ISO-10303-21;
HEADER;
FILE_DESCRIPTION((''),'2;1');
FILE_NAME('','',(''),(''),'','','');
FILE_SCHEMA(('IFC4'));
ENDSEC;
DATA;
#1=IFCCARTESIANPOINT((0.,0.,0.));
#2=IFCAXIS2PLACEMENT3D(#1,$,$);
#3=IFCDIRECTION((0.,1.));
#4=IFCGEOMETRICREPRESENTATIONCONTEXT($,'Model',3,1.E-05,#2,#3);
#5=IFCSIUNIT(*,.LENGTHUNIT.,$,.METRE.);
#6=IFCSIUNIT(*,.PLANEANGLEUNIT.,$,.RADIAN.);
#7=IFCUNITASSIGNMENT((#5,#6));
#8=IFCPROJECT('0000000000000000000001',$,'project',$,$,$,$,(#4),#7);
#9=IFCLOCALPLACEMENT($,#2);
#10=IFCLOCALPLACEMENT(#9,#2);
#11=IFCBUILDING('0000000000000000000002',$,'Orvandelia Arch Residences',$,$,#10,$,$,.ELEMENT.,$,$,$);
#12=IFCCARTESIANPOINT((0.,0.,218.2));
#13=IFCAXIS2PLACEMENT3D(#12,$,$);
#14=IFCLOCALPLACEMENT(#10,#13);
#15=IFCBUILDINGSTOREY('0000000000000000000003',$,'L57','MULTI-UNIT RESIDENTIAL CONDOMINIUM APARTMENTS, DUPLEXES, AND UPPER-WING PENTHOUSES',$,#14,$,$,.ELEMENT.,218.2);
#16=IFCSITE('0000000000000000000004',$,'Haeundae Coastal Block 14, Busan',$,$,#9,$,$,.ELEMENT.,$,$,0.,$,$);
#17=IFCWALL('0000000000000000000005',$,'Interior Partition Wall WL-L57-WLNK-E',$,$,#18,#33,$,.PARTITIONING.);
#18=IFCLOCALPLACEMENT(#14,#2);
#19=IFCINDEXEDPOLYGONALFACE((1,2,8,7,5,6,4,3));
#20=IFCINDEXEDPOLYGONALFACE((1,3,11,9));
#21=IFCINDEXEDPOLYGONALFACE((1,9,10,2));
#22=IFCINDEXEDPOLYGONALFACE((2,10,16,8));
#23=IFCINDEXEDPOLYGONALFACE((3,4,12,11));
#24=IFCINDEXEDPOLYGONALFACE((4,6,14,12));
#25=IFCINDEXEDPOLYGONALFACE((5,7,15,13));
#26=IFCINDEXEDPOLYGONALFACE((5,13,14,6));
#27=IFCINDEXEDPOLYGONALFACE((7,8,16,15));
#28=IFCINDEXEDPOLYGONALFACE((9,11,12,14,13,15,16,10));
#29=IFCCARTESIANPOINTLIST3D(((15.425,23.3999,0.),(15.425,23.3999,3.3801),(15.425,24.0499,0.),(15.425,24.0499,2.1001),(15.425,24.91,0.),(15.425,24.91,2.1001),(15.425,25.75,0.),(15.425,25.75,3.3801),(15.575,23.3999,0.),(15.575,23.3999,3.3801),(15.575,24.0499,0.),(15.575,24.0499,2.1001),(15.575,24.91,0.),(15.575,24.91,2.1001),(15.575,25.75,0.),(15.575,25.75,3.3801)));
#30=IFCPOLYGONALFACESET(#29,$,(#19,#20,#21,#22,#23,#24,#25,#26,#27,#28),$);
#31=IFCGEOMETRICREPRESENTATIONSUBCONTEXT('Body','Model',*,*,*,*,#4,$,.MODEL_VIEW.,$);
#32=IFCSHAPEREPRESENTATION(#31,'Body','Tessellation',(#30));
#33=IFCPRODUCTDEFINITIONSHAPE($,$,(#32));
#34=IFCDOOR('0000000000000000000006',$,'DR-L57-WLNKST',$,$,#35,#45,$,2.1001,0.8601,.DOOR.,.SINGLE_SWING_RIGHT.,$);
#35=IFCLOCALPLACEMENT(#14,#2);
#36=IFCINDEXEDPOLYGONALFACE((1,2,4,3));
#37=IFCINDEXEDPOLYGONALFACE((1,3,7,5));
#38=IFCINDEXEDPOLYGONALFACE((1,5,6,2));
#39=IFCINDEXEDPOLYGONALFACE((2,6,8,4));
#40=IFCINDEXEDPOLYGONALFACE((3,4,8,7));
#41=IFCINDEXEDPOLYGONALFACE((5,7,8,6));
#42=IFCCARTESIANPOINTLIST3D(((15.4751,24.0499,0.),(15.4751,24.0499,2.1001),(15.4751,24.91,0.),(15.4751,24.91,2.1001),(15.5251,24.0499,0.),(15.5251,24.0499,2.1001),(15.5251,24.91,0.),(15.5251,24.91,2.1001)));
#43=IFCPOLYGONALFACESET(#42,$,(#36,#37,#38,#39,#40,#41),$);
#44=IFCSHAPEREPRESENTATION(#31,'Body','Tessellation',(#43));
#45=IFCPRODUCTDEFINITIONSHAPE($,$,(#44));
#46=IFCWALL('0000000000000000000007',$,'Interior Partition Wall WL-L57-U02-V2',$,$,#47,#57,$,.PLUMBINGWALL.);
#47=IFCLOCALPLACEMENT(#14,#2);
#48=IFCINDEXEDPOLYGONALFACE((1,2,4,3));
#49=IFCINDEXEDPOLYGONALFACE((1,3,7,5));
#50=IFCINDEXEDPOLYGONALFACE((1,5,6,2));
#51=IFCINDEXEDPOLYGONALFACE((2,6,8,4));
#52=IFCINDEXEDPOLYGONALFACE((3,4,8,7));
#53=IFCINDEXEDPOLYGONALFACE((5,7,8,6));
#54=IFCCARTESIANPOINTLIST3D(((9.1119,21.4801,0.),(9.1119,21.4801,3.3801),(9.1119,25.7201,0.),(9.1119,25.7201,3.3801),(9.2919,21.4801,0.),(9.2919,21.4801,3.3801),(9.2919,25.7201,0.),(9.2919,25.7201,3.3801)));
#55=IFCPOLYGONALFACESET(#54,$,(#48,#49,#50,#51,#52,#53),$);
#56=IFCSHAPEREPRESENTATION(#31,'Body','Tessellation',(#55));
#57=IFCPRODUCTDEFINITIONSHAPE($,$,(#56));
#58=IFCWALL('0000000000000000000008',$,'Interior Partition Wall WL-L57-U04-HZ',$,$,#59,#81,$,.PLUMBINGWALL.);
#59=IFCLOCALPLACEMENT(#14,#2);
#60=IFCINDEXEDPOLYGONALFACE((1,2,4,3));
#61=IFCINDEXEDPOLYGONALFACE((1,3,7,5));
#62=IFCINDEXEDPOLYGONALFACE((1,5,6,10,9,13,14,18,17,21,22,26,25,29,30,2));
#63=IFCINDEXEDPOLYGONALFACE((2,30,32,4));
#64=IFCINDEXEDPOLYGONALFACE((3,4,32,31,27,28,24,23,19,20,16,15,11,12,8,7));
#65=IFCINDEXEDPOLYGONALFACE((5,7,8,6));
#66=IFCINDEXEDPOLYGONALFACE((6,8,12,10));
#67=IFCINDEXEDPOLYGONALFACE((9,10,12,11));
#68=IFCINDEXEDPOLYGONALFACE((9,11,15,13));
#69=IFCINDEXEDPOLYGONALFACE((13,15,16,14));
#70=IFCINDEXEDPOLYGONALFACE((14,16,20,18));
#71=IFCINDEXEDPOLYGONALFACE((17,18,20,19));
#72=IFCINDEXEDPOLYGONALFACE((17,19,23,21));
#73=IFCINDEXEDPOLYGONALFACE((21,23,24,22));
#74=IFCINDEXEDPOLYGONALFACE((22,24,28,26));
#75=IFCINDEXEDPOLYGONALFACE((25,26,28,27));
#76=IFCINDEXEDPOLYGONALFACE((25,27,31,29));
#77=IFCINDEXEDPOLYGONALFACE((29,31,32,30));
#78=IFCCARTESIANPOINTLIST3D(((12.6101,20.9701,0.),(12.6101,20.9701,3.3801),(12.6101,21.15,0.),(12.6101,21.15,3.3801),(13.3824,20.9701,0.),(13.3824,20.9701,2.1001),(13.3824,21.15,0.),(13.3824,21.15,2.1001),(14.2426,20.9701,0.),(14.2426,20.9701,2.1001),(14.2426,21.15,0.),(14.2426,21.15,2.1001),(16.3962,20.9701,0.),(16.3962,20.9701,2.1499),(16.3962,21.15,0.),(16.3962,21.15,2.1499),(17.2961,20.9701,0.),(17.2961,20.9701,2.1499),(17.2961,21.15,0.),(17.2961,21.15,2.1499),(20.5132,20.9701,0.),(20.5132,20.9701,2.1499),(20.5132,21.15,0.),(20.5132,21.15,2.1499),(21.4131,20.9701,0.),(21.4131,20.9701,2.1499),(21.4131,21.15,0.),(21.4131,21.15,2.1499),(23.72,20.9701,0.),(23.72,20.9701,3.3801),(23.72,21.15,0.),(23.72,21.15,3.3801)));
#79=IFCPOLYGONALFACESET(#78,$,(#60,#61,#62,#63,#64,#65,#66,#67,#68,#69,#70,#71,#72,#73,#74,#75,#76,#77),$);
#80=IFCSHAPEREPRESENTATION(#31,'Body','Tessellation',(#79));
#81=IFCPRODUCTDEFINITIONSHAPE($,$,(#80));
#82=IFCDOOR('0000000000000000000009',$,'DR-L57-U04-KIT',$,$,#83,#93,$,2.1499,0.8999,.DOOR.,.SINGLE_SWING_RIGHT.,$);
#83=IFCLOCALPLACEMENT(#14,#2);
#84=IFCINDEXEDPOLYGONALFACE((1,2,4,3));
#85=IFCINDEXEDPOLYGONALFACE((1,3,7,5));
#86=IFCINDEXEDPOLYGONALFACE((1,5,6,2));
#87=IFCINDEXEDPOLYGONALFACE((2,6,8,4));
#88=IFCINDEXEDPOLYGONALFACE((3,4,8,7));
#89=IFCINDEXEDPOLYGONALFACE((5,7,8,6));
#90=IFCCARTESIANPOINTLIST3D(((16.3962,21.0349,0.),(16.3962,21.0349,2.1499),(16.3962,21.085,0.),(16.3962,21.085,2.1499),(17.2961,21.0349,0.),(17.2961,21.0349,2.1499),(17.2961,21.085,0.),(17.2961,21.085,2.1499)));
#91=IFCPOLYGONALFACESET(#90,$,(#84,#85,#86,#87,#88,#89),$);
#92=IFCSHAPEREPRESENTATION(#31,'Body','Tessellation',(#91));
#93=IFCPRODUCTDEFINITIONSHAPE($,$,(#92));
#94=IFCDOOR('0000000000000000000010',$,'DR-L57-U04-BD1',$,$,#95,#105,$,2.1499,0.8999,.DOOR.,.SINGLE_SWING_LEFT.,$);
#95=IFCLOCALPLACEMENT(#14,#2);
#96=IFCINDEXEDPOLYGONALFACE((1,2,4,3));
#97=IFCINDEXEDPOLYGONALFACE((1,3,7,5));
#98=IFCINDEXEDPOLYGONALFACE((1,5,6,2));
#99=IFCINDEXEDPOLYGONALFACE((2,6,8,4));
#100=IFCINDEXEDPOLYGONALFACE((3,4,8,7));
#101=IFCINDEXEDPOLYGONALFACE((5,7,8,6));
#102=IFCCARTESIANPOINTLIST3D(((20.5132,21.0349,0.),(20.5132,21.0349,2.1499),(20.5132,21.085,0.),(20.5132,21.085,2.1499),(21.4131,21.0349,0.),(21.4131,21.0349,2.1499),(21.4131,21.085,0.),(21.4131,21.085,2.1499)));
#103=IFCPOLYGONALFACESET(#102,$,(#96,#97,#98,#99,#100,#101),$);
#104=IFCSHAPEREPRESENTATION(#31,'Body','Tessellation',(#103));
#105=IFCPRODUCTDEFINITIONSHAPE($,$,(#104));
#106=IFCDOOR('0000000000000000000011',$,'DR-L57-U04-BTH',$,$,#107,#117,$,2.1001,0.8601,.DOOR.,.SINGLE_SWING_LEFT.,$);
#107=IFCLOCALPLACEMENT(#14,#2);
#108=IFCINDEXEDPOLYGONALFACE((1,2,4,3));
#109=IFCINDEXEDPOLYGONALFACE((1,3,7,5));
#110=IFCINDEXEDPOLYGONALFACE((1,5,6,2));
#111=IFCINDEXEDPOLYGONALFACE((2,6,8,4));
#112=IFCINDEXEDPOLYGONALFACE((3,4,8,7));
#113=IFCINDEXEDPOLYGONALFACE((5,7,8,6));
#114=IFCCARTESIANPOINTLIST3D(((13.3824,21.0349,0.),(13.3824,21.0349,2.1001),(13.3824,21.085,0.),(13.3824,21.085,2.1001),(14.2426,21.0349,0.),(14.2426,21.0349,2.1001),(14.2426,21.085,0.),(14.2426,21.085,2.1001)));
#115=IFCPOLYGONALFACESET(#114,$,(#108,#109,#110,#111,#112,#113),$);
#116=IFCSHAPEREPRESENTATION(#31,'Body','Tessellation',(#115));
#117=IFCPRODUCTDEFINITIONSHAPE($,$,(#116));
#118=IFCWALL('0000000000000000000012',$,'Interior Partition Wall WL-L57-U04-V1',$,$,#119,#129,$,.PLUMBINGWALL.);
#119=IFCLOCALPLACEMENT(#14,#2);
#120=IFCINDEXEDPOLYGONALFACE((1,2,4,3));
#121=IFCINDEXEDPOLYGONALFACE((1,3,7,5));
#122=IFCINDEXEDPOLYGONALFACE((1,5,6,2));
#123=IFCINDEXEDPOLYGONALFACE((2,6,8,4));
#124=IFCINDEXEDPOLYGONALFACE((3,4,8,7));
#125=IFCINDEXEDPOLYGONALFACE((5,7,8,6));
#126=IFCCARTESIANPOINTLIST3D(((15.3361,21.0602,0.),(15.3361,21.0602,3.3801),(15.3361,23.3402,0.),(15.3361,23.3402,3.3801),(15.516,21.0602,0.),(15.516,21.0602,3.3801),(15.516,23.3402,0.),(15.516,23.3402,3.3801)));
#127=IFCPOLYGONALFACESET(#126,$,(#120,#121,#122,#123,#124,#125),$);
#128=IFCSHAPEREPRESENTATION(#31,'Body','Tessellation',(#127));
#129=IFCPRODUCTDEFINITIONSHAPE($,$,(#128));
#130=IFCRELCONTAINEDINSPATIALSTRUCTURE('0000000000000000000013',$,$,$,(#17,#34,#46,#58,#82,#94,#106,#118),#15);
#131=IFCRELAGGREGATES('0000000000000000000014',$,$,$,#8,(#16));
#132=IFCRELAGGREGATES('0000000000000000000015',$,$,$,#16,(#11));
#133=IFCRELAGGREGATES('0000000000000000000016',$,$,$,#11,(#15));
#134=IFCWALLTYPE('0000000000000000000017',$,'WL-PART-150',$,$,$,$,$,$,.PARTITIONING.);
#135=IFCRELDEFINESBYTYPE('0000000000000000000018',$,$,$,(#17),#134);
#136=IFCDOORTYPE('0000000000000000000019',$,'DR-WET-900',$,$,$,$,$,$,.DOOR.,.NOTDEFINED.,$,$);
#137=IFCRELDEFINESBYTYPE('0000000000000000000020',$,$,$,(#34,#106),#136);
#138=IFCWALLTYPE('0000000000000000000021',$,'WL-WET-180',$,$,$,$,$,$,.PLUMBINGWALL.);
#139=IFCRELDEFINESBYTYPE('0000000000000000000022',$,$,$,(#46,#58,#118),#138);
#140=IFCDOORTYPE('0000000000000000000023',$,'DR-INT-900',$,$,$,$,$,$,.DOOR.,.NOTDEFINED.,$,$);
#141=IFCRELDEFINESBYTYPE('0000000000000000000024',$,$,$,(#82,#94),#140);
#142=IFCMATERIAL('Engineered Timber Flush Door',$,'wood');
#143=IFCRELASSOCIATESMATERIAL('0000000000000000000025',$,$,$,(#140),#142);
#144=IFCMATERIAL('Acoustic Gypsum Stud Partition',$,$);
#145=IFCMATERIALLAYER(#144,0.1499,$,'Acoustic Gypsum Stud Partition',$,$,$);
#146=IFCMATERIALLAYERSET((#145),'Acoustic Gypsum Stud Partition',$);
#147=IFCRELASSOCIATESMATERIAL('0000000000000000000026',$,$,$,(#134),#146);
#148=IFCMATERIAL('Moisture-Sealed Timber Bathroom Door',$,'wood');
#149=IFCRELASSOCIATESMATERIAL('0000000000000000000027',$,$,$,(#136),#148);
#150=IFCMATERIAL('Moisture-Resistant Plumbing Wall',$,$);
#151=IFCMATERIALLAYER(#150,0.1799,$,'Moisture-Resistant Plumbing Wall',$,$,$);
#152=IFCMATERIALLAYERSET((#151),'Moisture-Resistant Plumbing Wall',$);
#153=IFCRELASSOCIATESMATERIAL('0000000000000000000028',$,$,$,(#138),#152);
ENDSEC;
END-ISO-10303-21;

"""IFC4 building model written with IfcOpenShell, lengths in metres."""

from ifc_helpers import new_model, si_unit, direction, frame, frame_2d, origin, place, context, subcontext, project, spatial, rectangle, extrude, material, layer, layer_set, type_object, element, fill, save


model = new_model("IFC4")

# Units and contexts
model_context = context("Model", 3, precision=1e-05, world=origin(), true_north=direction((0.0, 1.0)))
body_context = subcontext(model_context, "Body", "Model", "MODEL_VIEW")
ifc_project = project(units=[si_unit("LENGTHUNIT", "METRE"), si_unit("PLANEANGLEUNIT", "RADIAN")], contexts=[model_context])

# Site, building, storey
site_placement = place(None, origin())
site = spatial("IfcSite", under=ifc_project, at=site_placement, Name="Haeundae Coastal Block 14, Busan", CompositionType="ELEMENT", RefElevation=0.0)
building_placement = place(site_placement, origin())
building = spatial("IfcBuilding", under=site, at=building_placement, Name="Orvandelia Arch Residences", CompositionType="ELEMENT")
storey_placement = place(building_placement, frame((0.0, 0.0, 218.2)))
storey = spatial("IfcBuildingStorey", under=building, at=storey_placement, Name="L57", Description="MULTI-UNIT RESIDENTIAL CONDOMINIUM APARTMENTS, DUPLEXES, AND UPPER-WING PENTHOUSES", CompositionType="ELEMENT", Elevation=218.2)

# Shared definitions
ifc_material_1 = material(Name="Engineered Timber Flush Door", Category="wood")
door_type_1 = type_object("IfcDoorType", Name="DR-INT-900", OperationType="NOTDEFINED", PredefinedType="DOOR", material=ifc_material_1)

# Shared definitions
ifc_material_2 = material(Name="Acoustic Gypsum Stud Partition")
ifc_layer_1 = layer(ifc_material_2, 0.1499, Name="Acoustic Gypsum Stud Partition")
ifc_layer_set_1 = layer_set([ifc_layer_1], Name="Acoustic Gypsum Stud Partition")
wall_type_1 = type_object("IfcWallType", Name="WL-PART-150", PredefinedType="PARTITIONING", material=ifc_layer_set_1)

# Wall, opening, door
wall_1_placement = place(storey_placement, frame((15.5, 23.3999, 0.0), z_axis=(0.0, 0.0, 1.0), x_axis=(0.0, 1.0, 0.0)))
wall_1 = element("IfcWall", 1, at=wall_1_placement, inside=storey, type_object=wall_type_1, Name="Interior Partition Wall WL-L57-WLNK-E", PredefinedType="PARTITIONING", context=body_context, shape_type="SweptSolid", body=[
    extrude(rectangle(XDim=2.3501, YDim=0.1499, at=frame_2d((1.175, 0.0))), origin(), (0.0, 0.0, 1.0), 3.3801),
])
opening_1_placement = place(wall_1_placement, frame((0.6499, 0.0, 0.0)))
opening_1 = element("IfcOpeningElement", 2, at=opening_1_placement, cuts=wall_1, PredefinedType="OPENING", context=body_context, shape_type="SweptSolid", body=[
    extrude(rectangle(XDim=0.8601, YDim=2.1001, at=frame_2d((0.4302, 1.05))), frame((0.0, 0.085, 0.0), z_axis=(0.0, -1.0, 0.0), x_axis=(1.0, 0.0, 0.0)), (0.0, 0.0, 1.0), 0.1699),
])
ifc_material_3 = material(Name="Moisture-Sealed Timber Bathroom Door", Category="wood")
door_type_2 = type_object("IfcDoorType", Name="DR-WET-900", OperationType="NOTDEFINED", PredefinedType="DOOR", material=ifc_material_3)
door_1_placement = place(opening_1_placement, origin())
door_1 = element("IfcDoor", 3, at=door_1_placement, inside=storey, type_object=door_type_2, Name="DR-L57-WLNKST", OperationType="SINGLE_SWING_RIGHT", OverallHeight=2.1001, OverallWidth=0.8601, PredefinedType="DOOR", context=body_context, shape_type="SweptSolid", body=[
    extrude(rectangle(XDim=0.8601, YDim=2.1001, at=frame_2d((0.4302, 1.05))), frame((0.0, 0.0249, 0.0), z_axis=(0.0, -1.0, 0.0), x_axis=(1.0, 0.0, 0.0)), (0.0, 0.0, 1.0), 0.05),
])
fill(opening_1, door_1)

# Wall
ifc_material_4 = material(Name="Moisture-Resistant Plumbing Wall")
ifc_layer_2 = layer(ifc_material_4, 0.1799, Name="Moisture-Resistant Plumbing Wall")
ifc_layer_set_2 = layer_set([ifc_layer_2], Name="Moisture-Resistant Plumbing Wall")
wall_type_2 = type_object("IfcWallType", Name="WL-WET-180", PredefinedType="PLUMBINGWALL", material=ifc_layer_set_2)
wall_2_placement = place(storey_placement, frame((9.2019, 21.48, 0.0), z_axis=(0.0, 0.0, 1.0), x_axis=(0.0, 1.0, 0.0)))
element("IfcWall", 4, at=wall_2_placement, inside=storey, type_object=wall_type_2, Name="Interior Partition Wall WL-L57-U02-V2", PredefinedType="PLUMBINGWALL", context=body_context, shape_type="SweptSolid", body=[
    extrude(rectangle(XDim=4.24, YDim=0.1799, at=frame_2d((2.1201, 0.0))), origin(), (0.0, 0.0, 1.0), 3.3801),
])

# Wall, openings, doors
wall_3_placement = place(storey_placement, frame((12.6101, 21.0601, 0.0), z_axis=(0.0, 0.0, 1.0), x_axis=(1.0, 0.0, 0.0)))
wall_3 = element("IfcWall", 5, at=wall_3_placement, inside=storey, type_object=wall_type_2, Name="Interior Partition Wall WL-L57-U04-HZ", PredefinedType="PLUMBINGWALL", context=body_context, shape_type="SweptSolid", body=[
    extrude(rectangle(XDim=11.1099, YDim=0.1799, at=frame_2d((5.5549, 0.0))), origin(), (0.0, 0.0, 1.0), 3.3801),
])
opening_2_placement = place(wall_3_placement, frame((0.7722, 0.0, 0.0)))
opening_2 = element("IfcOpeningElement", 6, at=opening_2_placement, cuts=wall_3, PredefinedType="OPENING", context=body_context, shape_type="SweptSolid", body=[
    extrude(rectangle(XDim=0.8601, YDim=2.1001, at=frame_2d((0.4302, 1.05))), frame((0.0, 0.1001, 0.0), z_axis=(0.0, -1.0, 0.0), x_axis=(1.0, 0.0, 0.0)), (0.0, 0.0, 1.0), 0.2),
])
opening_3_placement = place(wall_3_placement, frame((3.7861, 0.0, 0.0)))
opening_3 = element("IfcOpeningElement", 7, at=opening_3_placement, cuts=wall_3, PredefinedType="OPENING", context=body_context, shape_type="SweptSolid", body=[
    extrude(rectangle(XDim=0.8999, YDim=2.1499, at=frame_2d((0.45, 1.075))), frame((0.0, 0.1001, 0.0), z_axis=(0.0, -1.0, 0.0), x_axis=(1.0, 0.0, 0.0)), (0.0, 0.0, 1.0), 0.2),
])
opening_4_placement = place(wall_3_placement, frame((7.9031, 0.0, 0.0)))
opening_4 = element("IfcOpeningElement", 8, at=opening_4_placement, cuts=wall_3, PredefinedType="OPENING", context=body_context, shape_type="SweptSolid", body=[
    extrude(rectangle(XDim=0.8999, YDim=2.1499, at=frame_2d((0.45, 1.075))), frame((0.0, 0.1001, 0.0), z_axis=(0.0, -1.0, 0.0), x_axis=(1.0, 0.0, 0.0)), (0.0, 0.0, 1.0), 0.2),
])
door_2_placement = place(opening_3_placement, origin())
door_2 = element("IfcDoor", 9, at=door_2_placement, inside=storey, type_object=door_type_1, Name="DR-L57-U04-KIT", OperationType="SINGLE_SWING_RIGHT", OverallHeight=2.1499, OverallWidth=0.8999, PredefinedType="DOOR", context=body_context, shape_type="SweptSolid", body=[
    extrude(rectangle(XDim=0.8999, YDim=2.1499, at=frame_2d((0.45, 1.075))), frame((0.0, 0.0249, 0.0), z_axis=(0.0, -1.0, 0.0), x_axis=(1.0, 0.0, 0.0)), (0.0, 0.0, 1.0), 0.05),
])
fill(opening_3, door_2)
door_3_placement = place(opening_4_placement, origin())
door_3 = element("IfcDoor", 10, at=door_3_placement, inside=storey, type_object=door_type_1, Name="DR-L57-U04-BD1", OperationType="SINGLE_SWING_LEFT", OverallHeight=2.1499, OverallWidth=0.8999, PredefinedType="DOOR", context=body_context, shape_type="SweptSolid", body=[
    extrude(rectangle(XDim=0.8999, YDim=2.1499, at=frame_2d((0.45, 1.075))), frame((0.0, 0.0249, 0.0), z_axis=(0.0, -1.0, 0.0), x_axis=(1.0, 0.0, 0.0)), (0.0, 0.0, 1.0), 0.05),
])
fill(opening_4, door_3)
door_4_placement = place(opening_2_placement, origin())
door_4 = element("IfcDoor", 11, at=door_4_placement, inside=storey, type_object=door_type_2, Name="DR-L57-U04-BTH", OperationType="SINGLE_SWING_LEFT", OverallHeight=2.1001, OverallWidth=0.8601, PredefinedType="DOOR", context=body_context, shape_type="SweptSolid", body=[
    extrude(rectangle(XDim=0.8601, YDim=2.1001, at=frame_2d((0.4302, 1.05))), frame((0.0, 0.0249, 0.0), z_axis=(0.0, -1.0, 0.0), x_axis=(1.0, 0.0, 0.0)), (0.0, 0.0, 1.0), 0.05),
])
fill(opening_2, door_4)

# Wall
wall_4_placement = place(storey_placement, frame((15.426, 21.0601, 0.0), z_axis=(0.0, 0.0, 1.0), x_axis=(0.0, 1.0, 0.0)))
element("IfcWall", 12, at=wall_4_placement, inside=storey, type_object=wall_type_2, Name="Interior Partition Wall WL-L57-U04-V1", PredefinedType="PLUMBINGWALL", context=body_context, shape_type="SweptSolid", body=[
    extrude(rectangle(XDim=2.28, YDim=0.1799, at=frame_2d((1.1401, 0.0))), origin(), (0.0, 0.0, 1.0), 3.3801),
])

save(model, "model.ifc")
